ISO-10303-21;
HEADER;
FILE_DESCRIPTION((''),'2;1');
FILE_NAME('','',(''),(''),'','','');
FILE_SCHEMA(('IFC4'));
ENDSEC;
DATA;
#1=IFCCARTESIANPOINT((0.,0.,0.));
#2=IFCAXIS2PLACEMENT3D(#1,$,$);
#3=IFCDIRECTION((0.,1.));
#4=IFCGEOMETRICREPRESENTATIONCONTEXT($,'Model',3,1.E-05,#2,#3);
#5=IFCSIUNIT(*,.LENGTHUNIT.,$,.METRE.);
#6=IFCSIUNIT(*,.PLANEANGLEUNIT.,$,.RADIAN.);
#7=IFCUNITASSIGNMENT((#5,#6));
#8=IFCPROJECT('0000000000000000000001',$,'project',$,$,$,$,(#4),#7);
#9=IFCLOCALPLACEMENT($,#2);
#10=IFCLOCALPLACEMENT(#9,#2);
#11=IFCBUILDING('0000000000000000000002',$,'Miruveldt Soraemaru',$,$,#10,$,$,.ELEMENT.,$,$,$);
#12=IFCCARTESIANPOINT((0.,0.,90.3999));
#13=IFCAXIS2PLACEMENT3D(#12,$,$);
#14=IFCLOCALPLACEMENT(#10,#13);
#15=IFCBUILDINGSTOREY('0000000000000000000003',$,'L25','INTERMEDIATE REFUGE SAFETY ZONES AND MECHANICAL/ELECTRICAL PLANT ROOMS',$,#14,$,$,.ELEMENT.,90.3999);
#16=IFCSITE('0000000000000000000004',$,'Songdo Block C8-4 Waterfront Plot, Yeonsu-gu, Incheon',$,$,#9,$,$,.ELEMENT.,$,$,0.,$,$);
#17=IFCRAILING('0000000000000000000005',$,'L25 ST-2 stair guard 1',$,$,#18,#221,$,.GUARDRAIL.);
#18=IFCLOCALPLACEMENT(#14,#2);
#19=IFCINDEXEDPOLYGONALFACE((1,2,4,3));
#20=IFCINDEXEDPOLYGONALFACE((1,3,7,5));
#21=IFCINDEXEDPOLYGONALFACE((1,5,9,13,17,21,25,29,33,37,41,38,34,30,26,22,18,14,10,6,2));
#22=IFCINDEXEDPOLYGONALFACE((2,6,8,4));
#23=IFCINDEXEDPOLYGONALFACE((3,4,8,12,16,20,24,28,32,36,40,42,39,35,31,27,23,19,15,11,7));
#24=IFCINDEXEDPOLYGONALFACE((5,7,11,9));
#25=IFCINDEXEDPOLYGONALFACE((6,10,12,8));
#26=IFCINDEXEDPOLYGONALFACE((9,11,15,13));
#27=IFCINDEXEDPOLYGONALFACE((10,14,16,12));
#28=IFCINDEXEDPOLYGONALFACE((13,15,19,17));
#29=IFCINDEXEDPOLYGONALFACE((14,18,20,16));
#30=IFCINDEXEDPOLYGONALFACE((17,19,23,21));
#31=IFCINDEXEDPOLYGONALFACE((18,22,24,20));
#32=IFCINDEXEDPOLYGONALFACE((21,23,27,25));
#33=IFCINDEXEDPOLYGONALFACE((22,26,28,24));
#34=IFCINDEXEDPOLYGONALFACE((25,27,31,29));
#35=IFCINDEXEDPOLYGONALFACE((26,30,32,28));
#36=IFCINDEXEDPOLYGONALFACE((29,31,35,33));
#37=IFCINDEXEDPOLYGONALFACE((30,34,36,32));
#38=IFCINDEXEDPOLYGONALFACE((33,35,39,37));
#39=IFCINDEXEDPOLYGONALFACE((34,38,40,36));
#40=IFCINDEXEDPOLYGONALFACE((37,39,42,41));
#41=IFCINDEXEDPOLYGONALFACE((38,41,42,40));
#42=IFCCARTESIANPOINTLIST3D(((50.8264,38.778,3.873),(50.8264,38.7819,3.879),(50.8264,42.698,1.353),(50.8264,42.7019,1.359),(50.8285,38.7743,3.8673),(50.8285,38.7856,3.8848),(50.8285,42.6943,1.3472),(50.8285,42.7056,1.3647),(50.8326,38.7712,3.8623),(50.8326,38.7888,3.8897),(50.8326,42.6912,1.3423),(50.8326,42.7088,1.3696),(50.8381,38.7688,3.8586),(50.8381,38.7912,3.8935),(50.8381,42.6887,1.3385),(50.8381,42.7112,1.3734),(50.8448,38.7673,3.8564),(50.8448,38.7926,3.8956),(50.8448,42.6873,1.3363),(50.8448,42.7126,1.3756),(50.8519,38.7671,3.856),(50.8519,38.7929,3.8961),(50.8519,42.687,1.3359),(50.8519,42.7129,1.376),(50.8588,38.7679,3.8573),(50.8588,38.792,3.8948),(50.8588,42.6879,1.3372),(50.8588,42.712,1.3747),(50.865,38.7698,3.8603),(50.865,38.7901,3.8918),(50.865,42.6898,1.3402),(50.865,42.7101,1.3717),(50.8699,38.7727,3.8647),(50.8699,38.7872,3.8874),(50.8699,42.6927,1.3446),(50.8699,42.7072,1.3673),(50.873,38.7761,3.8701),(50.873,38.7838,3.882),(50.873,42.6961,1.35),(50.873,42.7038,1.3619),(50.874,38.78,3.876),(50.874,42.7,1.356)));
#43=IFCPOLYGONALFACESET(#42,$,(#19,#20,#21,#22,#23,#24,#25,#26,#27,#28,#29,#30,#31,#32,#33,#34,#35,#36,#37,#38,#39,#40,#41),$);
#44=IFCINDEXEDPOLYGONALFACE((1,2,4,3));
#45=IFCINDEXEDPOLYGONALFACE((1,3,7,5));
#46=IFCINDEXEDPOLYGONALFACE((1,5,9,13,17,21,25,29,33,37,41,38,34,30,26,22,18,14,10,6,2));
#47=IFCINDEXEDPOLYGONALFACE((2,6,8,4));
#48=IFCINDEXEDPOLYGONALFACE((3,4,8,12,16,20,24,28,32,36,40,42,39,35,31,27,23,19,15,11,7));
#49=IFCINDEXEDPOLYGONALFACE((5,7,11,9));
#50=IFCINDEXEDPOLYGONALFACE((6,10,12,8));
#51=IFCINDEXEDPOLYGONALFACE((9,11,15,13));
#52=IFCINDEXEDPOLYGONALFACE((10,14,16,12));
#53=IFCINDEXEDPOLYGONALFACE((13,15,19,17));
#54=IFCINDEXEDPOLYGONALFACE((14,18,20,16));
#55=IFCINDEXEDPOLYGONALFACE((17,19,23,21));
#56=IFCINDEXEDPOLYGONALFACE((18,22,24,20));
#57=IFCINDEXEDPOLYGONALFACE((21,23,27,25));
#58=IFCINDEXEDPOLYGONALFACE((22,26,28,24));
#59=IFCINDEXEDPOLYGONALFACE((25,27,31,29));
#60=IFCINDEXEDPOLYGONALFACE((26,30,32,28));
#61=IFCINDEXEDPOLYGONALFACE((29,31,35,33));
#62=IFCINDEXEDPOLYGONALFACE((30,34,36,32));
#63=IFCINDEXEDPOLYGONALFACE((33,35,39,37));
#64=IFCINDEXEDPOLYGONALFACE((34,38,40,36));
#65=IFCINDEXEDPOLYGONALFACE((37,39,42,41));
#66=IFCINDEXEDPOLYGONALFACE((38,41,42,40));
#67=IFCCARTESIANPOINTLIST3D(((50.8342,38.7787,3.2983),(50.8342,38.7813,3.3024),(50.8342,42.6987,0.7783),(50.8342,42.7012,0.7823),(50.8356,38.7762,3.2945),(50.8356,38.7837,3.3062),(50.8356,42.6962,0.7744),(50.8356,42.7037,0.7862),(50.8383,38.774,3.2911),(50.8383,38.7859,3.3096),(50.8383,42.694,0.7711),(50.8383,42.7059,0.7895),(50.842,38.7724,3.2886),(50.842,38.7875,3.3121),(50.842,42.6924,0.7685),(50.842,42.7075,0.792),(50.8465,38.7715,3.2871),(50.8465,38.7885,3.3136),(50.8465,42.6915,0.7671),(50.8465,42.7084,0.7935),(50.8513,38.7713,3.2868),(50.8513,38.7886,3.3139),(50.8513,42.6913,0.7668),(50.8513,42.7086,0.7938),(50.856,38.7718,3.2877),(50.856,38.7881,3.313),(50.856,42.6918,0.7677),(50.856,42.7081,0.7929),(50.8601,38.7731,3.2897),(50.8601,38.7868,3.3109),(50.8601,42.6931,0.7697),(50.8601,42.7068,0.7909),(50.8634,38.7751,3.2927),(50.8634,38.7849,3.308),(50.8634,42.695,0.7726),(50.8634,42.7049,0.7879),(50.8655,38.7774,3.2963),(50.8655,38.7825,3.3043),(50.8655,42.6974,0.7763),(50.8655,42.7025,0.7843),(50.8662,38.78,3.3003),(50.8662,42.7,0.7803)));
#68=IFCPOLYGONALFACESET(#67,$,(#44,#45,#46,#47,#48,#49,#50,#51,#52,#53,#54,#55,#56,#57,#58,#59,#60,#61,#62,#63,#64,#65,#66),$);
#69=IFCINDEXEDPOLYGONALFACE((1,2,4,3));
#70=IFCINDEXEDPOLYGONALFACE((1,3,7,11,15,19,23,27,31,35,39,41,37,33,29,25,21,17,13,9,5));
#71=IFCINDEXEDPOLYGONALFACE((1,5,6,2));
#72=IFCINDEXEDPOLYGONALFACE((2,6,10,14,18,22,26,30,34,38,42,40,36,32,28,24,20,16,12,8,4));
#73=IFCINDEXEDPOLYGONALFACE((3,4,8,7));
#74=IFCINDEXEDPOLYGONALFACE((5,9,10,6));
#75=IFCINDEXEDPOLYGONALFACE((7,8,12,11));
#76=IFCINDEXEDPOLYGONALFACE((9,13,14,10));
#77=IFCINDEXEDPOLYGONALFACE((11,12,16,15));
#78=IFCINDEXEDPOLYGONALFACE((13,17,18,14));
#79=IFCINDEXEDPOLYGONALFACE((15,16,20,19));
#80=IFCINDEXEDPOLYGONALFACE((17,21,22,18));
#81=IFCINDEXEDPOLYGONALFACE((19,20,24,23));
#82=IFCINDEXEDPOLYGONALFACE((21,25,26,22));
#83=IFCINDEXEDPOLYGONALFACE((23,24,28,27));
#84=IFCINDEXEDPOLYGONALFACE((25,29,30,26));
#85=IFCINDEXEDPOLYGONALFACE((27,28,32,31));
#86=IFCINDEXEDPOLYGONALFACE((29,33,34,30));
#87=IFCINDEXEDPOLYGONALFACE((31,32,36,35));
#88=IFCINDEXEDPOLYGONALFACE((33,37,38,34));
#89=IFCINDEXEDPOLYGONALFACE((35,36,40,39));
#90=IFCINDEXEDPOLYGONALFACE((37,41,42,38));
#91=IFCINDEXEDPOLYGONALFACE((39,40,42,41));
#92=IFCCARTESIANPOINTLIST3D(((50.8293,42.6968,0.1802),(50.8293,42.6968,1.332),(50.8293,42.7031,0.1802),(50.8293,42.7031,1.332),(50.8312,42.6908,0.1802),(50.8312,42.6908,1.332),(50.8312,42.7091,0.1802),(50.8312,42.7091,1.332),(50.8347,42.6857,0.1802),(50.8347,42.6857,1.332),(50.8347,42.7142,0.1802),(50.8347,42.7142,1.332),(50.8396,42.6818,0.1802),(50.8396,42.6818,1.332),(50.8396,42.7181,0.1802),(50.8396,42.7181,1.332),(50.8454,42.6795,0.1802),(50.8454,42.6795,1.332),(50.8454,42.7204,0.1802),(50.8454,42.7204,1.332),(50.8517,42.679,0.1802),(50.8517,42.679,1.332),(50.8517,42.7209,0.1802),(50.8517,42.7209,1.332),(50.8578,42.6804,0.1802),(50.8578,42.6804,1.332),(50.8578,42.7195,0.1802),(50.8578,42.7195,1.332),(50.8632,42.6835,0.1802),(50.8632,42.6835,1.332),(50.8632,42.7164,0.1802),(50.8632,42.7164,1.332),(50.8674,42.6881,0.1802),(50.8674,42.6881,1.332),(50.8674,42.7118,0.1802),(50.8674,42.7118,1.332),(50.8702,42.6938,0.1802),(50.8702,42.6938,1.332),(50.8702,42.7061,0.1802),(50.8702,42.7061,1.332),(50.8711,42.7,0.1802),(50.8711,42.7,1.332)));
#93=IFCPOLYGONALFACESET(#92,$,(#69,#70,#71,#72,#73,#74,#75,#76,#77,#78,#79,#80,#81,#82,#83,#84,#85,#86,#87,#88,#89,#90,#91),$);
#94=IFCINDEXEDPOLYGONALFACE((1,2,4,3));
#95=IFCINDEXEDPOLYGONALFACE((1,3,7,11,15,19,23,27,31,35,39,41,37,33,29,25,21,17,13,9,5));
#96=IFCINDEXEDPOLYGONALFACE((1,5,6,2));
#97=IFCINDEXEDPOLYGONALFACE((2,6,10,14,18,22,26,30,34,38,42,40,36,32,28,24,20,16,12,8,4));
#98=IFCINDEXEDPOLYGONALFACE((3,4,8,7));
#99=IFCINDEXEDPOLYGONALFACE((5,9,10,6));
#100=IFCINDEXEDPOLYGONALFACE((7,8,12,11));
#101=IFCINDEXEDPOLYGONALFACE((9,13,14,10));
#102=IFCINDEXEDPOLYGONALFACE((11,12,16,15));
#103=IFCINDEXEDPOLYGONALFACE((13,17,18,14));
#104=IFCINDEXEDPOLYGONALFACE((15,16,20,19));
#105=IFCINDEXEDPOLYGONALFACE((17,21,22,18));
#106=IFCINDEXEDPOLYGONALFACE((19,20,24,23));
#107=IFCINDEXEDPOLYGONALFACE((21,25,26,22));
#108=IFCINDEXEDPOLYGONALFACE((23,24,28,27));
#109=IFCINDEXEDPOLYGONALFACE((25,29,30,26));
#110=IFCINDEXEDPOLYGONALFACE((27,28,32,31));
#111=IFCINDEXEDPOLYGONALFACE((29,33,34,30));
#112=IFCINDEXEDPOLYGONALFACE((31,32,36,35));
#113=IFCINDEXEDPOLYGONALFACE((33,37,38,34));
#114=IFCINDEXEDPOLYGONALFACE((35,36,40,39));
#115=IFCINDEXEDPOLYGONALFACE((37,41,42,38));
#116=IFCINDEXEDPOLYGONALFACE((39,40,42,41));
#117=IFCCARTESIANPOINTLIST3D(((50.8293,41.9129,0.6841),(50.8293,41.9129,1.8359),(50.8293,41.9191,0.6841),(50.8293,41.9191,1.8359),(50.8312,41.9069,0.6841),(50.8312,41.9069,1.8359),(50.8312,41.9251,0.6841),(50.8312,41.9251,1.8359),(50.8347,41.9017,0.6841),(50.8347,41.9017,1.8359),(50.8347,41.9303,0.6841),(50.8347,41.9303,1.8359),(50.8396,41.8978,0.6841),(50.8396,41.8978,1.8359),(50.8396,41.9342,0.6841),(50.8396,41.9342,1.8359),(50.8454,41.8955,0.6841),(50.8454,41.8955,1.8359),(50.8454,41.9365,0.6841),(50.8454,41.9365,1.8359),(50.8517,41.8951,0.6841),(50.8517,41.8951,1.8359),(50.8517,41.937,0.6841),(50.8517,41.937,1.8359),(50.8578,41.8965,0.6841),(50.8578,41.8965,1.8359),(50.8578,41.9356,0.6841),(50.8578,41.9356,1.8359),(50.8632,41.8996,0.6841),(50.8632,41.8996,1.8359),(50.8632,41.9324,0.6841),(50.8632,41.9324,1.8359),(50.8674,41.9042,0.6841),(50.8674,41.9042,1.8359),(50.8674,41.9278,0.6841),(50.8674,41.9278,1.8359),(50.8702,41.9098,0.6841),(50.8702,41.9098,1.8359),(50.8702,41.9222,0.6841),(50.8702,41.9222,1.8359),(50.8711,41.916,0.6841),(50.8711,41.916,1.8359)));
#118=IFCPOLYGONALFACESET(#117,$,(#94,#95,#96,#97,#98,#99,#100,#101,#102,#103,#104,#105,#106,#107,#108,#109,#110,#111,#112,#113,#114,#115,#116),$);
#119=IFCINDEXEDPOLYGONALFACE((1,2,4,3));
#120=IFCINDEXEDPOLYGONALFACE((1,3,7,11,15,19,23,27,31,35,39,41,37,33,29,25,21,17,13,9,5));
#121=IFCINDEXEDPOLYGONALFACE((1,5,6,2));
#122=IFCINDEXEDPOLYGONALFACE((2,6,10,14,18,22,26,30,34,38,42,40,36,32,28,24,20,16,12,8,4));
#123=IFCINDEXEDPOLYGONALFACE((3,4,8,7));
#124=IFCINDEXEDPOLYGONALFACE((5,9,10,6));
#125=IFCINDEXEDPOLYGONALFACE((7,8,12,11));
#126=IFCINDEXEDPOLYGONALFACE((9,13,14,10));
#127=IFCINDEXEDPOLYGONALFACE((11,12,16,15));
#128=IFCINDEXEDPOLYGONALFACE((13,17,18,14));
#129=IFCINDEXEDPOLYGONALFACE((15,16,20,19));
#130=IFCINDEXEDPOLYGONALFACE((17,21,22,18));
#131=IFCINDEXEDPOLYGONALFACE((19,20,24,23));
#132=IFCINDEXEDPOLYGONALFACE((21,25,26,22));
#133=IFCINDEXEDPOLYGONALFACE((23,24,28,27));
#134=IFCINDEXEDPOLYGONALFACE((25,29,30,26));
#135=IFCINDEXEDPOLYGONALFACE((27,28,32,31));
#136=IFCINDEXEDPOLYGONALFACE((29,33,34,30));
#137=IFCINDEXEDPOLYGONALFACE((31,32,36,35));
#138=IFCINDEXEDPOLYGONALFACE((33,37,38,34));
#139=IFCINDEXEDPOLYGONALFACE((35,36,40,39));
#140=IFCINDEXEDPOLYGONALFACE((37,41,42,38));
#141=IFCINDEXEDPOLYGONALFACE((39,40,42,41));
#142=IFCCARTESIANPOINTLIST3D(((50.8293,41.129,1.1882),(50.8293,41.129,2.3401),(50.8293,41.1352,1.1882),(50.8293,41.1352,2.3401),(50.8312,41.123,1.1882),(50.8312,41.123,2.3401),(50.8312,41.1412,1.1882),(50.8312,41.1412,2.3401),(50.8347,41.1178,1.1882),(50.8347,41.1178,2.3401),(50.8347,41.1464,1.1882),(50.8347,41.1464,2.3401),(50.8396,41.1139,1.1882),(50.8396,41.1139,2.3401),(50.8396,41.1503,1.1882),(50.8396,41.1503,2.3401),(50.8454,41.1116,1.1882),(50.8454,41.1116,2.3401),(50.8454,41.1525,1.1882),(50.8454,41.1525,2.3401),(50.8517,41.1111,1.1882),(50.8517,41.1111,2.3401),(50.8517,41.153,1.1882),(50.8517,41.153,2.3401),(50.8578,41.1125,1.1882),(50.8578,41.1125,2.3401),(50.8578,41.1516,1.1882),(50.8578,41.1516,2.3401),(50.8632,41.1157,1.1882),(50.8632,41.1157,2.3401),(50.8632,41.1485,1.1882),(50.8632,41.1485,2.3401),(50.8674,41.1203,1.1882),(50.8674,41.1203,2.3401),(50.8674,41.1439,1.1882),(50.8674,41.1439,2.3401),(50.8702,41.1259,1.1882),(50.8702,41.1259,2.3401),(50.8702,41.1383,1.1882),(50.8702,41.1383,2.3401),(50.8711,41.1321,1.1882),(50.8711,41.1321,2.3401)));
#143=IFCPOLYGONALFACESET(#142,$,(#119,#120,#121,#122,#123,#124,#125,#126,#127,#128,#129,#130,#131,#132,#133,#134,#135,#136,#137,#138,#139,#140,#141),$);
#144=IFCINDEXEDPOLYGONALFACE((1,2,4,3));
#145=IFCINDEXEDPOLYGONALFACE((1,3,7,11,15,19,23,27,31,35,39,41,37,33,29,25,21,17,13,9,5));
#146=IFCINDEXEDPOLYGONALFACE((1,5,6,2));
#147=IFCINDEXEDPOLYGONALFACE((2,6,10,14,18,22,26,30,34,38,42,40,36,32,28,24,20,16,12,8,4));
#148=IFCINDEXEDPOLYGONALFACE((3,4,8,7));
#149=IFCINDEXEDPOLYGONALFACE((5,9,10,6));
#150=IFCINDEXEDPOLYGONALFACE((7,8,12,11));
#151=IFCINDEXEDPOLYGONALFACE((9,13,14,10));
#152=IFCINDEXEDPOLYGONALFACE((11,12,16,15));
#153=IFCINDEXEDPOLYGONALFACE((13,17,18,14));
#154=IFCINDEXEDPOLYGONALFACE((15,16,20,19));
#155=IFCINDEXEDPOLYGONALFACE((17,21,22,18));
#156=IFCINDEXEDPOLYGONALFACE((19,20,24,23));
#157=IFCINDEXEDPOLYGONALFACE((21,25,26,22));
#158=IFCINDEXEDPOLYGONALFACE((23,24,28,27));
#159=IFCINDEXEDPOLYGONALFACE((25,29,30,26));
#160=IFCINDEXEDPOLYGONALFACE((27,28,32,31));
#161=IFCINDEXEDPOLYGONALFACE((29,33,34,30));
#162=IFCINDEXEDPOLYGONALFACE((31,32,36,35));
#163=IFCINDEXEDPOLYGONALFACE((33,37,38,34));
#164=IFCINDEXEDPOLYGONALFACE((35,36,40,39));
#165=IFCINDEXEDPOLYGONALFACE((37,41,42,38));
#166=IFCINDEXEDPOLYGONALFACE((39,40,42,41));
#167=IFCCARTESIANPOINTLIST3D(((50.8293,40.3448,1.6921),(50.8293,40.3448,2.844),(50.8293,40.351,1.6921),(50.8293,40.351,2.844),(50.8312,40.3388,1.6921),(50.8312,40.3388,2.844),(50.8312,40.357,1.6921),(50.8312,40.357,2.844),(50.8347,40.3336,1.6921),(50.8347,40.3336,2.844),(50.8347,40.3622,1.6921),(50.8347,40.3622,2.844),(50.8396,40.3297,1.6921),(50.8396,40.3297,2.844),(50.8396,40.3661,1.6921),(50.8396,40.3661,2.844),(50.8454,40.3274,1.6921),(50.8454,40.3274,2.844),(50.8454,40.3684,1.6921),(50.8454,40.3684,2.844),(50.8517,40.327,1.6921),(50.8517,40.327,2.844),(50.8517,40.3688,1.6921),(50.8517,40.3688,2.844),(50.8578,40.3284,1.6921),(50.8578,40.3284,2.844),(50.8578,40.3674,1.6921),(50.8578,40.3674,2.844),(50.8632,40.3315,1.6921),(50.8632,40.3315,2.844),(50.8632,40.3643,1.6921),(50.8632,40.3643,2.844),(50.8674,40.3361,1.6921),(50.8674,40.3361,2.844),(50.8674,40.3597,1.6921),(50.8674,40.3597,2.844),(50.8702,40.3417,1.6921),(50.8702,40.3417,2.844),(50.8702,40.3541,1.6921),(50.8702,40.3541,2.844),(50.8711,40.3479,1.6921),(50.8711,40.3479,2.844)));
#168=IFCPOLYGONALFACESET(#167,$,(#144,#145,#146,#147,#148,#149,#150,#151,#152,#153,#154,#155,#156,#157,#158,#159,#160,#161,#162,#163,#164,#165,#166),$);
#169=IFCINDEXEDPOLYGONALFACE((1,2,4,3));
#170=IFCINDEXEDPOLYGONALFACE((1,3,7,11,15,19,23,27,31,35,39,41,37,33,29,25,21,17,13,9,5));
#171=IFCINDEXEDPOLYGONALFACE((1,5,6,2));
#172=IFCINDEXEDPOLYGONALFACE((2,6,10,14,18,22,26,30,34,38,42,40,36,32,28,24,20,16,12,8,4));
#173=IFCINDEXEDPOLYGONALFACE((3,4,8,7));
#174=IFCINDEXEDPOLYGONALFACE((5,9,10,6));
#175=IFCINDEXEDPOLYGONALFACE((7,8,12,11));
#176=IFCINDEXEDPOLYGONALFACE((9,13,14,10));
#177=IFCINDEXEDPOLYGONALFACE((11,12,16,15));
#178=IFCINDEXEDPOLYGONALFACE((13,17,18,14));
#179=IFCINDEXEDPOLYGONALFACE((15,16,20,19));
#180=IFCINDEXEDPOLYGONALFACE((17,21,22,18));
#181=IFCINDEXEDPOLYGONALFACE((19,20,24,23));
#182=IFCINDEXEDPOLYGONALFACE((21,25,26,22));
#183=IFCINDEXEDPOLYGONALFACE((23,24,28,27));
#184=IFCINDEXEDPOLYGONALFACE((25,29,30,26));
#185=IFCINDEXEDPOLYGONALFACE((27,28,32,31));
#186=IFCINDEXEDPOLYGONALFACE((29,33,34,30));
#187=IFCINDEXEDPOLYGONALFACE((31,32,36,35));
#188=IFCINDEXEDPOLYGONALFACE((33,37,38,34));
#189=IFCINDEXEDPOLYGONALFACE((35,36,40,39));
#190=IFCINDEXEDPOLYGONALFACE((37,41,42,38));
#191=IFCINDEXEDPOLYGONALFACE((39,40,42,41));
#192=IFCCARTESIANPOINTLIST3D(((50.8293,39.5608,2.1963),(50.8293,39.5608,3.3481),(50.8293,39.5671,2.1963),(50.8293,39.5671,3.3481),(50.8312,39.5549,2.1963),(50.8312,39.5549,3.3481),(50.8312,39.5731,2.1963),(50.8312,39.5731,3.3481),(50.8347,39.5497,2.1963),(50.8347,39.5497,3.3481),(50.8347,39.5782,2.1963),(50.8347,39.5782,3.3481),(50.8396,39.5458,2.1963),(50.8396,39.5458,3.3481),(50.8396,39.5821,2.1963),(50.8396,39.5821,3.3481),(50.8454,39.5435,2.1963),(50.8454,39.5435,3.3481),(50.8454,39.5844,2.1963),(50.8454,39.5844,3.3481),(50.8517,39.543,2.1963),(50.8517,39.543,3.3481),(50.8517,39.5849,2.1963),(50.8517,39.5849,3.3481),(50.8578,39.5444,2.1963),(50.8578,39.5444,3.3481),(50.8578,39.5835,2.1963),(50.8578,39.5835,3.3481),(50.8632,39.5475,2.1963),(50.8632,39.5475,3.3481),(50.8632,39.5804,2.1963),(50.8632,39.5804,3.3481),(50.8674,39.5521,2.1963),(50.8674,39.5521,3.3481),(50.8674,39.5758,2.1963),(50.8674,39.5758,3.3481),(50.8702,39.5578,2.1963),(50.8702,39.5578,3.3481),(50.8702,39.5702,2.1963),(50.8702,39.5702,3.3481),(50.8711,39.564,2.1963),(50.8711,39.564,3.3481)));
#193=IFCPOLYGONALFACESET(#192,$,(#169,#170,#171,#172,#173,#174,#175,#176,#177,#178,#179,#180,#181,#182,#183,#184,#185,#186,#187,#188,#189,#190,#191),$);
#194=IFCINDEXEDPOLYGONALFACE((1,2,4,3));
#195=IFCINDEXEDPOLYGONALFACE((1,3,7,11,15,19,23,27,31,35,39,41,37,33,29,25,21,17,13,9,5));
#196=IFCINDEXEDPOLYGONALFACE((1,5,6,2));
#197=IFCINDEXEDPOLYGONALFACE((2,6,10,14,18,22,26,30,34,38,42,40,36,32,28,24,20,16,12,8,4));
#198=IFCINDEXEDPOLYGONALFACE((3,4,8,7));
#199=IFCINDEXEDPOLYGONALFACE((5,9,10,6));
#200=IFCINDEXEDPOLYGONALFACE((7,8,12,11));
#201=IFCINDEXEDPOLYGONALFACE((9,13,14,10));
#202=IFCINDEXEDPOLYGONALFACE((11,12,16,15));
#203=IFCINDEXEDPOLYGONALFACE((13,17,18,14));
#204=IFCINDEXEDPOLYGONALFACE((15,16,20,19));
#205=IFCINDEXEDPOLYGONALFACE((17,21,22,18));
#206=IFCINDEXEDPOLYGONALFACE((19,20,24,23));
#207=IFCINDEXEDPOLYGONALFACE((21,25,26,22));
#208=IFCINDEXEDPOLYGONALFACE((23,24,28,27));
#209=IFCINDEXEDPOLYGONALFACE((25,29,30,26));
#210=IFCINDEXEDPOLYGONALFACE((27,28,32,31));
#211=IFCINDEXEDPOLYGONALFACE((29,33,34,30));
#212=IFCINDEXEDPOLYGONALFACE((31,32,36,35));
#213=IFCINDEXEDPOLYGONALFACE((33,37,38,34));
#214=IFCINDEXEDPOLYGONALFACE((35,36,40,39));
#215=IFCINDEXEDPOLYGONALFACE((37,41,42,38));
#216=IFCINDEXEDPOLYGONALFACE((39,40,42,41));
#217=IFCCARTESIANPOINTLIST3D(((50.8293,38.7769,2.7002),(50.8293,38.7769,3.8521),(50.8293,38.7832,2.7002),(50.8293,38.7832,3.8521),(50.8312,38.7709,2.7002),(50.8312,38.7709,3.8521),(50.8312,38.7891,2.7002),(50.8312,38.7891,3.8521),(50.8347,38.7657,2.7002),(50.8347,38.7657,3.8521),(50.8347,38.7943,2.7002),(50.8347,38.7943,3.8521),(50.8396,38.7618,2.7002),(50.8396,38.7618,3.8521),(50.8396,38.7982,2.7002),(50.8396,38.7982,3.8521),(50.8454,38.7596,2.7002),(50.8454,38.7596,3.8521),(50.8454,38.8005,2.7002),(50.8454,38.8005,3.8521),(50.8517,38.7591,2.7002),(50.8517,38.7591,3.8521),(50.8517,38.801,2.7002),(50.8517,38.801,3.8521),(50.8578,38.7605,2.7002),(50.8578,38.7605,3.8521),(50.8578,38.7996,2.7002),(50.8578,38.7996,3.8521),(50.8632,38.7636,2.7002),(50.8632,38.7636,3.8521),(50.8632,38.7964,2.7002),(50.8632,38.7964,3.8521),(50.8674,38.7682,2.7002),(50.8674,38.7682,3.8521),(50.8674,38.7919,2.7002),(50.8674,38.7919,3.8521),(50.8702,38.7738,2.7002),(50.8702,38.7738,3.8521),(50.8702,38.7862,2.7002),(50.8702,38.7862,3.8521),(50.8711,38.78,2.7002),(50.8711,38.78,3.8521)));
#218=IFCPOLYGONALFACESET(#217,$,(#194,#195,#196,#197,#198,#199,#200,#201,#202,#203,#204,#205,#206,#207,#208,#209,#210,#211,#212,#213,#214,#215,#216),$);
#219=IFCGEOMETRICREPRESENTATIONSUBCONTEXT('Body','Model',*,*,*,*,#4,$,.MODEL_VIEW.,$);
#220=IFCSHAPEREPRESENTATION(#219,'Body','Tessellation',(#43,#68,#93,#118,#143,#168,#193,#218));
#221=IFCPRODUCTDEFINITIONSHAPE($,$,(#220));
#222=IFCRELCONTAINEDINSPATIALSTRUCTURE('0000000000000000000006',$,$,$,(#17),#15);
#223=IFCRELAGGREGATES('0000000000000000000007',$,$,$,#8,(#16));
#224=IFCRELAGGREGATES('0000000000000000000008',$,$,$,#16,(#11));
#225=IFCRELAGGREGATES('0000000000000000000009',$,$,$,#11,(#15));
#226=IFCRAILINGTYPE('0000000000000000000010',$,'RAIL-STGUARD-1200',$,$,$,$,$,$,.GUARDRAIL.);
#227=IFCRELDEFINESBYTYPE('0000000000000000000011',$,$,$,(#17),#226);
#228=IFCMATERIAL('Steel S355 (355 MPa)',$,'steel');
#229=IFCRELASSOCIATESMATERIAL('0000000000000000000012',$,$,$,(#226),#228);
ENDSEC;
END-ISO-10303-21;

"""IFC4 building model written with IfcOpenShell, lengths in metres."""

from ifc_helpers import new_model, si_unit, direction, frame, origin, origin_2d, place, context, subcontext, project, spatial, circle, extrude, material, type_object, element, save


model = new_model("IFC4")

# Units and contexts
model_context = context("Model", 3, precision=1e-05, world=origin(), true_north=direction((0.0, 1.0)))
body_context = subcontext(model_context, "Body", "Model", "MODEL_VIEW")
ifc_project = project(units=[si_unit("LENGTHUNIT", "METRE"), si_unit("PLANEANGLEUNIT", "RADIAN")], contexts=[model_context])

# Site, building, storey
site_placement = place(None, origin())
site = spatial("IfcSite", under=ifc_project, at=site_placement, Name="Songdo Block C8-4 Waterfront Plot, Yeonsu-gu, Incheon", CompositionType="ELEMENT", RefElevation=0.0)
building_placement = place(site_placement, origin())
building = spatial("IfcBuilding", under=site, at=building_placement, Name="Miruveldt Soraemaru", CompositionType="ELEMENT")
storey_placement = place(building_placement, frame((0.0, 0.0, 90.3999)))
storey = spatial("IfcBuildingStorey", under=building, at=storey_placement, Name="L25", Description="INTERMEDIATE REFUGE SAFETY ZONES AND MECHANICAL/ELECTRICAL PLANT ROOMS", CompositionType="ELEMENT", Elevation=90.3999)

# Railing
ifc_material_1 = material(Name="Steel S355 (355 MPa)", Category="steel")
railing_type_1 = type_object("IfcRailingType", Name="RAIL-STGUARD-1200", PredefinedType="GUARDRAIL", material=ifc_material_1)
railing_1_placement = place(storey_placement, frame((50.8501, 42.7, 0.1802)))
element("IfcRailing", 1, at=railing_1_placement, inside=storey, type_object=railing_type_1, Name="L25 ST-2 stair guard 1", PredefinedType="GUARDRAIL", context=body_context, shape_type="SweptSolid", body=[
    extrude(circle(Radius=0.0239, at=origin_2d()), frame((0.0, 0.0, 1.1758), z_axis=(0.0, -0.841172, 0.540768), x_axis=(1.0, 0.0, 0.0)), (0.0, 0.0, 1.0), 4.6602),
    extrude(circle(Radius=0.0161, at=origin_2d()), frame((0.0, 0.0, 0.6001), z_axis=(0.0, -0.841172, 0.540768), x_axis=(1.0, 0.0, 0.0)), (0.0, 0.0, 1.0), 4.6602),
    extrude(circle(Radius=0.021, at=origin_2d()), origin(), (0.0, 0.0, 1.0), 1.1519),
    extrude(circle(Radius=0.021, at=origin_2d()), frame((0.0, -0.7839, 0.5039)), (0.0, 0.0, 1.0), 1.1519),
    extrude(circle(Radius=0.021, at=origin_2d()), frame((0.0, -1.5679, 1.0081)), (0.0, 0.0, 1.0), 1.1519),
    extrude(circle(Radius=0.021, at=origin_2d()), frame((0.0, -2.3521, 1.512)), (0.0, 0.0, 1.0), 1.1519),
    extrude(circle(Radius=0.021, at=origin_2d()), frame((0.0, -3.136, 2.0161)), (0.0, 0.0, 1.0), 1.1519),
    extrude(circle(Radius=0.021, at=origin_2d()), frame((0.0, -3.9199, 2.52)), (0.0, 0.0, 1.0), 1.1519),
])

save(model, "model.ifc")
